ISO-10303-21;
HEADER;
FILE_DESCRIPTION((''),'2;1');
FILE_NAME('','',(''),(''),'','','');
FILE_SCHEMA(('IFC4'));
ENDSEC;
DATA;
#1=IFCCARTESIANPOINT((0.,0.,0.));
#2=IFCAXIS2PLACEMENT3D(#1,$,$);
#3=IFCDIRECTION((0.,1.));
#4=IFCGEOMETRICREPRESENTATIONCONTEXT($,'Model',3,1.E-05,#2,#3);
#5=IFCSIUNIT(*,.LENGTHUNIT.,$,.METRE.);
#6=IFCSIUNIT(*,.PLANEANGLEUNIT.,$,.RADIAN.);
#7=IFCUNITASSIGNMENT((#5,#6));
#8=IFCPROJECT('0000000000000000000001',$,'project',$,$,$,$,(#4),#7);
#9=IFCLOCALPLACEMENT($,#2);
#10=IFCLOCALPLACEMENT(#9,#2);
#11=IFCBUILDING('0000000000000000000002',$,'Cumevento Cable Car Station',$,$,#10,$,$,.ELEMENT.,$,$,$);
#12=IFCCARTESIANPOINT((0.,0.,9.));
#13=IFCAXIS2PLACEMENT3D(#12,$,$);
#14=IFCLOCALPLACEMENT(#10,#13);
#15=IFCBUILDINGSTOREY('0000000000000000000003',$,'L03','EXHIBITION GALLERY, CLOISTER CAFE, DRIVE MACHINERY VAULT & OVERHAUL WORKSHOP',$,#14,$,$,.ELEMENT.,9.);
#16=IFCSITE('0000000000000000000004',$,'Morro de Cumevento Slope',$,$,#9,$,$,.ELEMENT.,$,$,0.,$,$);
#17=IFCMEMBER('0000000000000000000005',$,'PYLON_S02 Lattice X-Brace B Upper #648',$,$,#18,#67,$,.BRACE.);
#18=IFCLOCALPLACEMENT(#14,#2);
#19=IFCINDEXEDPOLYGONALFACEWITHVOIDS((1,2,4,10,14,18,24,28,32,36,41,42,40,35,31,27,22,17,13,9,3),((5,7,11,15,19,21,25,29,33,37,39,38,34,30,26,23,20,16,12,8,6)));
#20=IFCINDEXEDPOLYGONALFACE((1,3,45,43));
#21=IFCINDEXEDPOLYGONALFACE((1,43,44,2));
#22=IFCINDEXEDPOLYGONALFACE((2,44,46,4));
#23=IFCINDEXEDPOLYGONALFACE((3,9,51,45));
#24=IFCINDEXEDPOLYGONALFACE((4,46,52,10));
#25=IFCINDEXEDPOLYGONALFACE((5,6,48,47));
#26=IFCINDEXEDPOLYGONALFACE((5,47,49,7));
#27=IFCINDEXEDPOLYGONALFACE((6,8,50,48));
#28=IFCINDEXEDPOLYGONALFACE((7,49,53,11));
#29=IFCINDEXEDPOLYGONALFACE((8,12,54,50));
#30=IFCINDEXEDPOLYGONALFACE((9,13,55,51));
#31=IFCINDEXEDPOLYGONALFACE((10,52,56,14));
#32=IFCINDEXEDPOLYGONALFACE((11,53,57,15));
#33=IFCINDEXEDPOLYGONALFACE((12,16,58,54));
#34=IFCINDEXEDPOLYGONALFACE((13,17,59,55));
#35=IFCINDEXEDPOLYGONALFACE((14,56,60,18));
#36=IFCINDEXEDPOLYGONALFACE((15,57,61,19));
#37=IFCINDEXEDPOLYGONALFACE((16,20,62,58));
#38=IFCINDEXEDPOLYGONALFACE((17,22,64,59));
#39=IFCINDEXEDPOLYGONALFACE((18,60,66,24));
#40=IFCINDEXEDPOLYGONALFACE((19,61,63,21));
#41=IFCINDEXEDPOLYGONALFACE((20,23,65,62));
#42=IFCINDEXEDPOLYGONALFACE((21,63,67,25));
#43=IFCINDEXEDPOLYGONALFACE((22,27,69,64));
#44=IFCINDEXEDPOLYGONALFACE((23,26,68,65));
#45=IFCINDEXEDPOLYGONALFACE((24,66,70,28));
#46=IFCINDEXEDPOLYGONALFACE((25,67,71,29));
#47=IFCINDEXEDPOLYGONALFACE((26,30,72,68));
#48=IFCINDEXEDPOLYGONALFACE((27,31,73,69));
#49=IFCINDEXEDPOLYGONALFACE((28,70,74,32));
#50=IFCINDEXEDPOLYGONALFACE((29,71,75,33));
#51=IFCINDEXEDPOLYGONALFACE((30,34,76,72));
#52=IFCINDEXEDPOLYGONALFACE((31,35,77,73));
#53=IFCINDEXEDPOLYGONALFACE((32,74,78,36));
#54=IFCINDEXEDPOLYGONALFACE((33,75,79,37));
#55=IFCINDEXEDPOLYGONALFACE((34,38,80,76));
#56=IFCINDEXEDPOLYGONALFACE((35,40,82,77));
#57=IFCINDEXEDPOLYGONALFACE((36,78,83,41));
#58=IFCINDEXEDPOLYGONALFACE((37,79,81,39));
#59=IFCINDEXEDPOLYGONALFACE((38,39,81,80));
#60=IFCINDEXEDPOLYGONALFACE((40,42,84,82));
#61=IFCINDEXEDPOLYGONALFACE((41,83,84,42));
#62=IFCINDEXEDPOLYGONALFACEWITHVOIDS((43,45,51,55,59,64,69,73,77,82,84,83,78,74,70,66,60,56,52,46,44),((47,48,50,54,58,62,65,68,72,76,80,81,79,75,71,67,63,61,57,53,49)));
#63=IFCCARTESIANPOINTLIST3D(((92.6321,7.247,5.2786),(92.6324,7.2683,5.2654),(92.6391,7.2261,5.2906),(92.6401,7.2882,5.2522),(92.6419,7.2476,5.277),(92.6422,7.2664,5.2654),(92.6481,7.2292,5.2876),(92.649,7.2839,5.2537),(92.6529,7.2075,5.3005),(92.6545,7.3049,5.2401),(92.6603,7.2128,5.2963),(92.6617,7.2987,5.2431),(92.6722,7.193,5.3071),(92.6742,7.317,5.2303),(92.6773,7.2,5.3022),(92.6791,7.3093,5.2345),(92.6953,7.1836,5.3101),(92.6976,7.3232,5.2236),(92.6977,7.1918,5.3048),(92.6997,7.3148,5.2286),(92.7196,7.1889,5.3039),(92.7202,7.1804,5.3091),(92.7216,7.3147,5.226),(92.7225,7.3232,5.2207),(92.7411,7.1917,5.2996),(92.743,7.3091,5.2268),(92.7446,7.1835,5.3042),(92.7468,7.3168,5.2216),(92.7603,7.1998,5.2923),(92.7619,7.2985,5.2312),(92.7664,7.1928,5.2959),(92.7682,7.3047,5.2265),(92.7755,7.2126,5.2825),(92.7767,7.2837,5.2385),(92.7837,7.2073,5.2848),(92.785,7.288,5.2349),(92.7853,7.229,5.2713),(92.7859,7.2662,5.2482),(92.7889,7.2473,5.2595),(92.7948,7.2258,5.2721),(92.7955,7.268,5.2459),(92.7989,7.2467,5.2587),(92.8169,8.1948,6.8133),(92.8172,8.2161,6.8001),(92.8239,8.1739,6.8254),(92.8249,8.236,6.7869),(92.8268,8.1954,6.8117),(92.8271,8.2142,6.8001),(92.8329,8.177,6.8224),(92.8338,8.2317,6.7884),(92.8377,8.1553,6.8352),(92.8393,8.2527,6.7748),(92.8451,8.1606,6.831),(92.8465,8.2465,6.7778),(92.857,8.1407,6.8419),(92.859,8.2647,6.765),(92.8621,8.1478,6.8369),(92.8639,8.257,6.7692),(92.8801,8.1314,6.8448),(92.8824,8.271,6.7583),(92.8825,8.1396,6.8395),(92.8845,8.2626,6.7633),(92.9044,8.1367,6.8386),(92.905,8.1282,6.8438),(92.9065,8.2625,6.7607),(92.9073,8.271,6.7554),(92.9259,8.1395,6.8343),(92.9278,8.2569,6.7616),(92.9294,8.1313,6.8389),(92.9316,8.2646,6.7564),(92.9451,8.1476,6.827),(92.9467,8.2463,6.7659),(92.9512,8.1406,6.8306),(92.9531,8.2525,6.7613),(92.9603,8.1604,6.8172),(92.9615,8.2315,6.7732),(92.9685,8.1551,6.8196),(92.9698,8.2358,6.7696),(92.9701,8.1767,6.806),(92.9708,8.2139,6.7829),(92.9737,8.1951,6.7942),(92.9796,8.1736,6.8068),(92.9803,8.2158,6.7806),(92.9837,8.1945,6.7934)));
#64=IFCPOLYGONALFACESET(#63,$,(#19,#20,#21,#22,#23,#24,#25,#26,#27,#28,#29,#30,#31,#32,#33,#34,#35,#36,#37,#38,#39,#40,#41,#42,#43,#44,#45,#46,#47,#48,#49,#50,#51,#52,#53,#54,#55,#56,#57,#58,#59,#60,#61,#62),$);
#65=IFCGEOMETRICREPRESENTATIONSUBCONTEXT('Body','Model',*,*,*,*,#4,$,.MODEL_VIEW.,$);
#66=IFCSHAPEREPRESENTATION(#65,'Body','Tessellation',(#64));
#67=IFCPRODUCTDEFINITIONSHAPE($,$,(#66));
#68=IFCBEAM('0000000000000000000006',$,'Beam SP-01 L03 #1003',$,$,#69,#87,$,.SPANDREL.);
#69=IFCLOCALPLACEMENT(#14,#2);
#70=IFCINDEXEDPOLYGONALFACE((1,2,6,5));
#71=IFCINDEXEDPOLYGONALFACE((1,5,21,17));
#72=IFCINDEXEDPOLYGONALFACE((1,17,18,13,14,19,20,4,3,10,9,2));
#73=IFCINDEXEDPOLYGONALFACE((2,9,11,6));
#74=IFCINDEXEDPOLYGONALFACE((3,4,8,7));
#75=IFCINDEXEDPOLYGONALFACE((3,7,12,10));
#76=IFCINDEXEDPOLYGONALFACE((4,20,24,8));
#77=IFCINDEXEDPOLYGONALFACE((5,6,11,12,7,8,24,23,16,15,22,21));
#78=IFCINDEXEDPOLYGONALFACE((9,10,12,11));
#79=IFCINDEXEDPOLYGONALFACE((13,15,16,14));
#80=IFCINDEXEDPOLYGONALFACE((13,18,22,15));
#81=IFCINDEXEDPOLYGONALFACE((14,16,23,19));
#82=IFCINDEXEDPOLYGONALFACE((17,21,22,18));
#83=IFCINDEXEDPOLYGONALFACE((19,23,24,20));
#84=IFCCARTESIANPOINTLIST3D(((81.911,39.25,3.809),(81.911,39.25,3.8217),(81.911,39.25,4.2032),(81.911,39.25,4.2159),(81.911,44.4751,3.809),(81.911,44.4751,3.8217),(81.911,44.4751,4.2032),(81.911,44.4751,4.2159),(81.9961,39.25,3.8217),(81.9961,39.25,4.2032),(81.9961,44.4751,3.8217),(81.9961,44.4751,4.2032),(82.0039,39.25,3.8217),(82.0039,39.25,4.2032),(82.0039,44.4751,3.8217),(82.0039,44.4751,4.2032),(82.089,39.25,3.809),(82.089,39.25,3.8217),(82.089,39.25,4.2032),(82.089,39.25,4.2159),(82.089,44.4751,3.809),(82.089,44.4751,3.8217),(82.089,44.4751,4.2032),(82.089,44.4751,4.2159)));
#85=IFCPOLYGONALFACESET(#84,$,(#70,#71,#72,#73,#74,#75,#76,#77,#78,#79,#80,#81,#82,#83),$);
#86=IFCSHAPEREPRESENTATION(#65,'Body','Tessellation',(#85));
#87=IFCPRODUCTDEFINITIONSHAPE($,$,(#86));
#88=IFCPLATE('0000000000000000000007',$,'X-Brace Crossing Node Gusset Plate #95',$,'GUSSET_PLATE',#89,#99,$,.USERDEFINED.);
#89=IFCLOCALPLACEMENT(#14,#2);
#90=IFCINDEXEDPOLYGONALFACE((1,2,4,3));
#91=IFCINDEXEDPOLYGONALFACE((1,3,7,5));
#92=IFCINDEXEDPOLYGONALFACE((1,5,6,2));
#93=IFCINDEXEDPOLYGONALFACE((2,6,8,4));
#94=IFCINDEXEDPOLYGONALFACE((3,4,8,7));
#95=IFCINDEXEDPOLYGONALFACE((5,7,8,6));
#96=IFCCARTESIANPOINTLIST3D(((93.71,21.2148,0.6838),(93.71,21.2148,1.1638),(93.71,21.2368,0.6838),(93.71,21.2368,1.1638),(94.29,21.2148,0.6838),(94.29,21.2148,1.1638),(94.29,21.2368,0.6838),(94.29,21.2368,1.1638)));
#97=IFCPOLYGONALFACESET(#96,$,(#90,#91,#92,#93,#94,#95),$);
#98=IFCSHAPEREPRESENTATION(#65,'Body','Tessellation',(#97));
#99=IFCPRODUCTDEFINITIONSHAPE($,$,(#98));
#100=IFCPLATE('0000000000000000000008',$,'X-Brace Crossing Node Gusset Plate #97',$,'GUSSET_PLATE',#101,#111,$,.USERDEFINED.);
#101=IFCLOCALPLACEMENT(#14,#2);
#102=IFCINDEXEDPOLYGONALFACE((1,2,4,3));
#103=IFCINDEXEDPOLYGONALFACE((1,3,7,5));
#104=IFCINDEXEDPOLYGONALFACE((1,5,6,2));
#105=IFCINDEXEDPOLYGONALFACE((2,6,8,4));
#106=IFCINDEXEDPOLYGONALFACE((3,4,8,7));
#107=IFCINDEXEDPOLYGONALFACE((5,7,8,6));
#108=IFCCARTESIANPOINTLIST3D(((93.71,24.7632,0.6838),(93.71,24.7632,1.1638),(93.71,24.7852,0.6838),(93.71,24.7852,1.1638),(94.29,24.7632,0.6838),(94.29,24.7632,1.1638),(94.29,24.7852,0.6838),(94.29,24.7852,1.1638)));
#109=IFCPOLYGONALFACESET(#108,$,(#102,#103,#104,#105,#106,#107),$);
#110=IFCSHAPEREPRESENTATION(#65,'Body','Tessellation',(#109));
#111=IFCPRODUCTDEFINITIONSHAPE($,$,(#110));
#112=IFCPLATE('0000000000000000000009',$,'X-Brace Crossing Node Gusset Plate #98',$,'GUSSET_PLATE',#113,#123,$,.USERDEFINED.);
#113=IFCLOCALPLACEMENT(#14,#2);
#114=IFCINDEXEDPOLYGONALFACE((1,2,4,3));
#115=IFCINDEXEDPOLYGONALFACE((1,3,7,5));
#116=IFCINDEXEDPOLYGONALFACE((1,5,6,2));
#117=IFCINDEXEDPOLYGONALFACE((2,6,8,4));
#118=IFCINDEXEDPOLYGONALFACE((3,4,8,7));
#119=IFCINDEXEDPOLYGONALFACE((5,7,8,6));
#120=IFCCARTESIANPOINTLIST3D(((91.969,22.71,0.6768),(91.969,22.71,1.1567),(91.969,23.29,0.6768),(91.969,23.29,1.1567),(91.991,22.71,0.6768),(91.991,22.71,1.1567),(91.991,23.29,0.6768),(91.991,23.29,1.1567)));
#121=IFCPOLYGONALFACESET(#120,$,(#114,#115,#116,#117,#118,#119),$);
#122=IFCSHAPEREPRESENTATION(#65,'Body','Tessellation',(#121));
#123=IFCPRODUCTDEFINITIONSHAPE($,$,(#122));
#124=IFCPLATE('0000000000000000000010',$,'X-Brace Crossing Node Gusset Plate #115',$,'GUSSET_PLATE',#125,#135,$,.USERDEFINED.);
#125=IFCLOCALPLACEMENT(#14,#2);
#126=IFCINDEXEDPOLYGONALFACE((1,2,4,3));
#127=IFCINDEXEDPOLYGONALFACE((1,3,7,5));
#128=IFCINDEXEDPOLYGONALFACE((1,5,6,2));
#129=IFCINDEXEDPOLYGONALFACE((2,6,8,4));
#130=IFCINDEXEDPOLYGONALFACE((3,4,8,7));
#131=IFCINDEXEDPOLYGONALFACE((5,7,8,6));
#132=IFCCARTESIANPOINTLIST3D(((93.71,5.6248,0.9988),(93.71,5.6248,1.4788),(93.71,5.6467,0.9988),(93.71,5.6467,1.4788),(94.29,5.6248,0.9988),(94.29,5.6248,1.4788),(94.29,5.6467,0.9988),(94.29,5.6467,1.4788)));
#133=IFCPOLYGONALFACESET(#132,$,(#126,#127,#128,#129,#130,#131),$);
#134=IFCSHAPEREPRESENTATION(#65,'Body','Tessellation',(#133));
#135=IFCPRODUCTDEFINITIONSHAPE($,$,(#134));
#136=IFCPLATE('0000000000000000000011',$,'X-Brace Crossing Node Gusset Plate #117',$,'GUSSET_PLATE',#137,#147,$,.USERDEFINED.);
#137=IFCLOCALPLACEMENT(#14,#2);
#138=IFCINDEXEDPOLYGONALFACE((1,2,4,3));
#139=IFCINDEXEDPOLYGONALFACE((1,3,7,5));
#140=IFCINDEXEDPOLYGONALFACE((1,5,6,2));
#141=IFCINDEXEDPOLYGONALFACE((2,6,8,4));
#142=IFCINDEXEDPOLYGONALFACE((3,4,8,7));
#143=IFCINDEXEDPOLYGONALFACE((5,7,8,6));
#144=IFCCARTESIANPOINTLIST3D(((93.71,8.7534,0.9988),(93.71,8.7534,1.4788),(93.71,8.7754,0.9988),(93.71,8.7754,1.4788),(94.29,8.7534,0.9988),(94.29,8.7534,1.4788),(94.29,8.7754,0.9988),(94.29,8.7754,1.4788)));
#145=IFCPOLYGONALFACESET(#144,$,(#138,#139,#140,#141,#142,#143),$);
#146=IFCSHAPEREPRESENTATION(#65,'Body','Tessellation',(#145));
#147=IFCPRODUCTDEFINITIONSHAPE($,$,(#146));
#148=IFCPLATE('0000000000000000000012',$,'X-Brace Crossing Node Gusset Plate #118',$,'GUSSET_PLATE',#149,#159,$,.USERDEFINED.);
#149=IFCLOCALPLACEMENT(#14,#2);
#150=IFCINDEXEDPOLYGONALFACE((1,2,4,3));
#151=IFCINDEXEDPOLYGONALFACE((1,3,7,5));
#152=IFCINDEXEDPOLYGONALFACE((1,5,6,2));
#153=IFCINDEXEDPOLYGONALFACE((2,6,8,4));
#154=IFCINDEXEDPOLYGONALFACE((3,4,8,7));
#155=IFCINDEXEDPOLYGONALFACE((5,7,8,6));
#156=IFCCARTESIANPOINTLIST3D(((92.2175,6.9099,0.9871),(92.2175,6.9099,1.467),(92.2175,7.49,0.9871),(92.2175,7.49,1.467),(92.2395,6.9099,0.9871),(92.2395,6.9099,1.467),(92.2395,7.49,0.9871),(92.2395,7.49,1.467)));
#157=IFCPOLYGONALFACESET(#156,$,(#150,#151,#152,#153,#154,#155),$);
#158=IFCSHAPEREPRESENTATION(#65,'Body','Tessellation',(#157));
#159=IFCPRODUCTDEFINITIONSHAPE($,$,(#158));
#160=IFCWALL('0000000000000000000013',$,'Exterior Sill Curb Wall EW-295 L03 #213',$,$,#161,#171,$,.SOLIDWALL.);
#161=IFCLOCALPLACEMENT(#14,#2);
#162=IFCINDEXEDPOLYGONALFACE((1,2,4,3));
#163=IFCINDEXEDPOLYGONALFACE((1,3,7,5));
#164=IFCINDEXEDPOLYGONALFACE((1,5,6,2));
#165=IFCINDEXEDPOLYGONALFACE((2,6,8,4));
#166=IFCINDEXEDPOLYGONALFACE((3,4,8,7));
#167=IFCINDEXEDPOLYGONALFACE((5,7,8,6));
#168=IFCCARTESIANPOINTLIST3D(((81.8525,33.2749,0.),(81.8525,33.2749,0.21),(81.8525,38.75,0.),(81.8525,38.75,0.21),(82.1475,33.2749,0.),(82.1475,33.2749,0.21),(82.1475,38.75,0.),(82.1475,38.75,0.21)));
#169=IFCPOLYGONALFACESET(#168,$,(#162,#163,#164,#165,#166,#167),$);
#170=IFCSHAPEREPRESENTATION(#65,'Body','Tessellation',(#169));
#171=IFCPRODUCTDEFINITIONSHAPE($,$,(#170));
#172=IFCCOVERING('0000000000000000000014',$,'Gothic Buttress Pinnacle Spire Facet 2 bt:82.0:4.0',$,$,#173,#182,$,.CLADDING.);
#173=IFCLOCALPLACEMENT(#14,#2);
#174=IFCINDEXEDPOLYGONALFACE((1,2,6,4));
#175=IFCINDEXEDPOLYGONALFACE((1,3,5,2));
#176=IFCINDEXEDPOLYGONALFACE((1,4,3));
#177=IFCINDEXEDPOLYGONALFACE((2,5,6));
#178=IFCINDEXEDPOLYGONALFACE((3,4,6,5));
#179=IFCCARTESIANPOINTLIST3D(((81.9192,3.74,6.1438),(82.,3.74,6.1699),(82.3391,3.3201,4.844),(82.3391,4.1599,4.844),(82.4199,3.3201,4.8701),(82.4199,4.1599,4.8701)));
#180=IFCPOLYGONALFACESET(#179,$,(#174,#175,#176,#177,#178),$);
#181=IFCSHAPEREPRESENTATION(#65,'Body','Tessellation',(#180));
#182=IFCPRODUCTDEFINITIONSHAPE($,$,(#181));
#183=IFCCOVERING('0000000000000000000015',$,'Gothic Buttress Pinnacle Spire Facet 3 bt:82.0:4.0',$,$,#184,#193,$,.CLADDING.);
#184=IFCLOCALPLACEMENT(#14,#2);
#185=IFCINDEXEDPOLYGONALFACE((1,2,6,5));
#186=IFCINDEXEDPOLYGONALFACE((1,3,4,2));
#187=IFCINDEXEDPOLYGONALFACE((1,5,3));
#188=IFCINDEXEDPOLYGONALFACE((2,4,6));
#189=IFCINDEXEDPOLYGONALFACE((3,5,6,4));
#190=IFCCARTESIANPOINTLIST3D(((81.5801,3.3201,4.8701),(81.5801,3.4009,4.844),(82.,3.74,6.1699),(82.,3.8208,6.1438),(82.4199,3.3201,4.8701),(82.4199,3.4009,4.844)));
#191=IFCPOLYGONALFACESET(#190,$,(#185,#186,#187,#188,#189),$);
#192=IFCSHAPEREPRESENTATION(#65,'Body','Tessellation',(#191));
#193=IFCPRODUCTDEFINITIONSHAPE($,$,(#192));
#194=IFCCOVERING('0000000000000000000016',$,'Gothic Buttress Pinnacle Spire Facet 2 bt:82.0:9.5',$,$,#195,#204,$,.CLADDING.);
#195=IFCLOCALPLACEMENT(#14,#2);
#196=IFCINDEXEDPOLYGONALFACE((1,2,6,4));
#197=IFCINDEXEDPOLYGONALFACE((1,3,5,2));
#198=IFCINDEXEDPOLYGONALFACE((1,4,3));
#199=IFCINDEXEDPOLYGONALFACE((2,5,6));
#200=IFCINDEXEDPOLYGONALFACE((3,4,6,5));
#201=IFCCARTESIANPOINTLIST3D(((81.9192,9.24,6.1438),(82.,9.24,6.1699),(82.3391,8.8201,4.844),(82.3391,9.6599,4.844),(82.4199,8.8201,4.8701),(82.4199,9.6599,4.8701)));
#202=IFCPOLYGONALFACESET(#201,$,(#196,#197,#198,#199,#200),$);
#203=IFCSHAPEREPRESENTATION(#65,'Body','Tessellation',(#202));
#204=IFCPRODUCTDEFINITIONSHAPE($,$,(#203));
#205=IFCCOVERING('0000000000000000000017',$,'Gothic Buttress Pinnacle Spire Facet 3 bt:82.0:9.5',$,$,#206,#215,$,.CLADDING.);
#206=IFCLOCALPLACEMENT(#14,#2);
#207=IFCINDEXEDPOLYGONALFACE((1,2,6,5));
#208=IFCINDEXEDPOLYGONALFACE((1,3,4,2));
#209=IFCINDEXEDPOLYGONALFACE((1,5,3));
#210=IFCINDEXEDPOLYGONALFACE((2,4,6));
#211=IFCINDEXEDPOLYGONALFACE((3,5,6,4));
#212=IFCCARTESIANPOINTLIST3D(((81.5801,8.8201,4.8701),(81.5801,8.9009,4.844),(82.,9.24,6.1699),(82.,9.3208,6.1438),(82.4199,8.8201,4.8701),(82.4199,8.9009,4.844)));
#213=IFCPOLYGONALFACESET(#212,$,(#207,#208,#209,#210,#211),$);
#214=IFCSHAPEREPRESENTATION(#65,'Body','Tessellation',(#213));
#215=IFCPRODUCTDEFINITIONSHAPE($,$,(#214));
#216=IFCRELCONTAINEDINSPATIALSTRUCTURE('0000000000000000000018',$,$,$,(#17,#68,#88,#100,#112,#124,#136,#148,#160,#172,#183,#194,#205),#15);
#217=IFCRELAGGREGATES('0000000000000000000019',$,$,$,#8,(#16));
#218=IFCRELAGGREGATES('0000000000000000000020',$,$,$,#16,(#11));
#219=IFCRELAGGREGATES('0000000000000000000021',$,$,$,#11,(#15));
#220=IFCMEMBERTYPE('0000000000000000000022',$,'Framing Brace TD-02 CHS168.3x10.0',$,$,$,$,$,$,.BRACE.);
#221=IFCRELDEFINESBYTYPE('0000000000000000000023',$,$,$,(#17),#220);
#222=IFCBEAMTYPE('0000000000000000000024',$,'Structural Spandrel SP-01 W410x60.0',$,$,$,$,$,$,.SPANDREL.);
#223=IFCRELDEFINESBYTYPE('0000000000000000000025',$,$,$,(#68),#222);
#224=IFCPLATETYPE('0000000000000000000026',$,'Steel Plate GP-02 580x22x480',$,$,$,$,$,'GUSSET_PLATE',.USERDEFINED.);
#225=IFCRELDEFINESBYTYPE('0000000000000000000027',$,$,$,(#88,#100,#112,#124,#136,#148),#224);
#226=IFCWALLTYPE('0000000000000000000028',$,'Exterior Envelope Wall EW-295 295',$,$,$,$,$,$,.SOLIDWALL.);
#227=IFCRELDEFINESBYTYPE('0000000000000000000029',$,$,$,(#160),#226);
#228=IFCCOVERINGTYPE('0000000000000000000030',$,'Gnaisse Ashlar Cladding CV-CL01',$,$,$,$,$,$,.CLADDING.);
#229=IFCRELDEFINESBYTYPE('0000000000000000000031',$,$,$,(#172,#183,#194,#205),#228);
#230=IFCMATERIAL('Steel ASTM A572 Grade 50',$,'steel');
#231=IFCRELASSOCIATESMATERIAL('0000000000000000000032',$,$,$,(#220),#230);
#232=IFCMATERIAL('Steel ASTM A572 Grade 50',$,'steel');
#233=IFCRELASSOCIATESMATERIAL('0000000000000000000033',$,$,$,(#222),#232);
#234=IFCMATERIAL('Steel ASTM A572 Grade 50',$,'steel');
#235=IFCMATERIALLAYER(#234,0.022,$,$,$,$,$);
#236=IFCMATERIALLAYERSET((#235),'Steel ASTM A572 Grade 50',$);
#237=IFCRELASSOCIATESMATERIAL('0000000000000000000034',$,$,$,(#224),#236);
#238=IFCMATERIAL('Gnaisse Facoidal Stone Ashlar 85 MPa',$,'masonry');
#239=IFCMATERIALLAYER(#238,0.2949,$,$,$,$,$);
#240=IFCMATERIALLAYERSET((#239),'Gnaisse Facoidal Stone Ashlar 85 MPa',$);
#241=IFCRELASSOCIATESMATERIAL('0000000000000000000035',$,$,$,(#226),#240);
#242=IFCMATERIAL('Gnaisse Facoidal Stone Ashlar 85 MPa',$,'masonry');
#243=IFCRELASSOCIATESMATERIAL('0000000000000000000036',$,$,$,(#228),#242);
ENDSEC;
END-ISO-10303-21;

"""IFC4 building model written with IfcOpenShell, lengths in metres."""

from ifc_helpers import new_model, si_unit, direction, frame, frame_2d, origin, origin_2d, place, context, subcontext, project, spatial, polyline, rectangle, hollow_circle, i_section, outline, extrude, material, layer, layer_set, material_profile, profile_set, type_object, element, save


model = new_model("IFC4")

# Units and contexts
model_context = context("Model", 3, precision=1e-05, world=origin(), true_north=direction((0.0, 1.0)))
body_context = subcontext(model_context, "Body", "Model", "MODEL_VIEW")
ifc_project = project(units=[si_unit("LENGTHUNIT", "METRE"), si_unit("PLANEANGLEUNIT", "RADIAN")], contexts=[model_context])

# Site, building, storey
site_placement = place(None, origin())
site = spatial("IfcSite", under=ifc_project, at=site_placement, Name="Morro de Cumevento Slope", CompositionType="ELEMENT", RefElevation=0.0)
building_placement = place(site_placement, origin())
building = spatial("IfcBuilding", under=site, at=building_placement, Name="Cumevento Cable Car Station", CompositionType="ELEMENT")
storey_placement = place(building_placement, frame((0.0, 0.0, 9.0)))
storey = spatial("IfcBuildingStorey", under=building, at=storey_placement, Name="L03", Description="EXHIBITION GALLERY, CLOISTER CAFE, DRIVE MACHINERY VAULT & OVERHAUL WORKSHOP", CompositionType="ELEMENT", Elevation=9.0)

# Member
ifc_material_1 = material(Name="Steel ASTM A572 Grade 50", Category="steel")
ifc_material_profile_1 = material_profile(ifc_material_1, hollow_circle(Radius=0.0842, WallThickness=0.01, at=origin_2d()), Name="CHS168.3x10.0")
ifc_profile_set_1 = profile_set([ifc_material_profile_1], Name="Steel ASTM A572 Grade 50")
member_type_1 = type_object("IfcMemberType", Name="Framing Brace TD-02 CHS168.3x10.0", PredefinedType="BRACE", material=ifc_profile_set_1)
member_1_placement = place(storey_placement, frame((92.7151, 7.2522, 5.2654), z_axis=(0.101929, 0.522704, 0.846399), x_axis=(-0.981513, 0.191397, 0.0)))
element("IfcMember", 1, at=member_1_placement, inside=storey, type_object=member_type_1, Name="PYLON_S02 Lattice X-Brace B Upper #648", PredefinedType="BRACE", context=body_context, shape_type="SweptSolid", body=[
    extrude(hollow_circle(Radius=0.0842, WallThickness=0.01, at=origin_2d()), origin(), (0.0, 0.0, 1.0), 1.8132),
])

# Beam
ifc_material_2 = material(Name="Steel ASTM A572 Grade 50", Category="steel")
ifc_material_profile_2 = material_profile(ifc_material_2, i_section(OverallWidth=0.178, OverallDepth=0.407, WebThickness=0.0078, FlangeThickness=0.0127, at=origin_2d()), Name="W410x60.0")
ifc_profile_set_2 = profile_set([ifc_material_profile_2], Name="Steel ASTM A572 Grade 50")
beam_type = type_object("IfcBeamType", Name="Structural Spandrel SP-01 W410x60.0", PredefinedType="SPANDREL", material=ifc_profile_set_2)
beam_placement = place(storey_placement, frame((82.0, 39.25, 4.0125), z_axis=(0.0, 1.0, 0.0), x_axis=(-1.0, 0.0, 0.0)))
element("IfcBeam", 2, at=beam_placement, inside=storey, type_object=beam_type, Name="Beam SP-01 L03 #1003", PredefinedType="SPANDREL", context=body_context, shape_type="SweptSolid", body=[
    extrude(i_section(OverallWidth=0.178, OverallDepth=0.407, WebThickness=0.0078, FlangeThickness=0.0127, at=origin_2d()), origin(), (0.0, 0.0, 1.0), 5.2251),
])

# Plates
ifc_material_3 = material(Name="Steel ASTM A572 Grade 50", Category="steel")
ifc_layer_1 = layer(ifc_material_3, 0.022)
ifc_layer_set_1 = layer_set([ifc_layer_1], Name="Steel ASTM A572 Grade 50")
plate_type = type_object("IfcPlateType", Name="Steel Plate GP-02 580x22x480", ElementType="GUSSET_PLATE", PredefinedType="USERDEFINED", material=ifc_layer_set_1)
for number, where, z_axis, x_axis, name in (
    (3, (94.0, 21.2258, 0.6838), (0.0, 0.0, 1.0), (1.0, 0.0, 0.0), "X-Brace Crossing Node Gusset Plate #95"),
    (4, (94.0, 24.7742, 0.6838), (0.0, 0.0, 1.0), (1.0, 0.0, 0.0), "X-Brace Crossing Node Gusset Plate #97"),
    (5, (91.98, 23.0, 0.6768), (0.0, 0.0, 1.0), (0.0, 1.0, 0.0), "X-Brace Crossing Node Gusset Plate #98"),
    (6, (94.0, 5.6357, 0.9988), (0.0, 0.0, 1.0), (1.0, 0.0, 0.0), "X-Brace Crossing Node Gusset Plate #115"),
    (7, (94.0, 8.7644, 0.9988), (0.0, 0.0, 1.0), (1.0, 0.0, 0.0), "X-Brace Crossing Node Gusset Plate #117"),
    (8, (92.2285, 7.2, 0.9871), (0.0, 0.0, 1.0), (0.0, 1.0, 0.0), "X-Brace Crossing Node Gusset Plate #118"),
):
    element("IfcPlate", number, at=place(storey_placement, frame(where, z_axis=z_axis, x_axis=x_axis)), inside=storey, type_object=plate_type, Name=name, ObjectType="GUSSET_PLATE", PredefinedType="USERDEFINED", context=body_context, shape_type="SweptSolid", body=[
        extrude(rectangle(XDim=0.5801, YDim=0.022, at=origin_2d()), origin(), (0.0, 0.0, 1.0), 0.48),
    ])

# Wall
ifc_material_4 = material(Name="Gnaisse Facoidal Stone Ashlar 85 MPa", Category="masonry")
ifc_layer_2 = layer(ifc_material_4, 0.2949)
ifc_layer_set_2 = layer_set([ifc_layer_2], Name="Gnaisse Facoidal Stone Ashlar 85 MPa")
wall_type = type_object("IfcWallType", Name="Exterior Envelope Wall EW-295 295", PredefinedType="SOLIDWALL", material=ifc_layer_set_2)
wall_placement = place(storey_placement, frame((82.0, 38.75, 0.0), z_axis=(0.0, 0.0, 1.0), x_axis=(0.0, -1.0, 0.0)))
element("IfcWall", 9, at=wall_placement, inside=storey, type_object=wall_type, Name="Exterior Sill Curb Wall EW-295 L03 #213", PredefinedType="SOLIDWALL", context=body_context, shape_type="SweptSolid", body=[
    extrude(rectangle(XDim=5.4751, YDim=0.2949, at=frame_2d((2.7375, 0.0))), origin(), (0.0, 0.0, 1.0), 0.21),
])

# Coverings
ifc_material_5 = material(Name="Gnaisse Facoidal Stone Ashlar 85 MPa", Category="masonry")
covering_type = type_object("IfcCoveringType", Name="Gnaisse Ashlar Cladding CV-CL01", PredefinedType="CLADDING", material=ifc_material_5)
for number, where, z_axis, x_axis, name in (
    (10, (82.4199, 4.1599, 4.8701), (0.951574, 0.0, 0.307421), (0.0, -1.0, 0.0), "Gothic Buttress Pinnacle Spire Facet 2 bt:82.0:4.0"),
    (11, (82.4199, 3.3201, 4.8701), (0.0, -0.951574, 0.307421), (-1.0, 0.0, 0.0), "Gothic Buttress Pinnacle Spire Facet 3 bt:82.0:4.0"),
    (12, (82.4199, 9.6599, 4.8701), (0.951574, 0.0, 0.307421), (0.0, -1.0, 0.0), "Gothic Buttress Pinnacle Spire Facet 2 bt:82.0:9.5"),
    (13, (82.4199, 8.8201, 4.8701), (0.0, -0.951574, 0.307421), (-1.0, 0.0, 0.0), "Gothic Buttress Pinnacle Spire Facet 3 bt:82.0:9.5"),
):
    element("IfcCovering", number, at=place(storey_placement, frame(where, z_axis=z_axis, x_axis=x_axis)), inside=storey, type_object=covering_type, Name=name, PredefinedType="CLADDING", context=body_context, shape_type="SweptSolid", body=[
        extrude(outline(polyline([(0.0, 0.0), (0.8398, 0.0), (0.4199, -1.366), (0.0, 0.0)])), origin(), (0.0, 0.0, -1.0), 0.085),
    ])

save(model, "model.ifc")
